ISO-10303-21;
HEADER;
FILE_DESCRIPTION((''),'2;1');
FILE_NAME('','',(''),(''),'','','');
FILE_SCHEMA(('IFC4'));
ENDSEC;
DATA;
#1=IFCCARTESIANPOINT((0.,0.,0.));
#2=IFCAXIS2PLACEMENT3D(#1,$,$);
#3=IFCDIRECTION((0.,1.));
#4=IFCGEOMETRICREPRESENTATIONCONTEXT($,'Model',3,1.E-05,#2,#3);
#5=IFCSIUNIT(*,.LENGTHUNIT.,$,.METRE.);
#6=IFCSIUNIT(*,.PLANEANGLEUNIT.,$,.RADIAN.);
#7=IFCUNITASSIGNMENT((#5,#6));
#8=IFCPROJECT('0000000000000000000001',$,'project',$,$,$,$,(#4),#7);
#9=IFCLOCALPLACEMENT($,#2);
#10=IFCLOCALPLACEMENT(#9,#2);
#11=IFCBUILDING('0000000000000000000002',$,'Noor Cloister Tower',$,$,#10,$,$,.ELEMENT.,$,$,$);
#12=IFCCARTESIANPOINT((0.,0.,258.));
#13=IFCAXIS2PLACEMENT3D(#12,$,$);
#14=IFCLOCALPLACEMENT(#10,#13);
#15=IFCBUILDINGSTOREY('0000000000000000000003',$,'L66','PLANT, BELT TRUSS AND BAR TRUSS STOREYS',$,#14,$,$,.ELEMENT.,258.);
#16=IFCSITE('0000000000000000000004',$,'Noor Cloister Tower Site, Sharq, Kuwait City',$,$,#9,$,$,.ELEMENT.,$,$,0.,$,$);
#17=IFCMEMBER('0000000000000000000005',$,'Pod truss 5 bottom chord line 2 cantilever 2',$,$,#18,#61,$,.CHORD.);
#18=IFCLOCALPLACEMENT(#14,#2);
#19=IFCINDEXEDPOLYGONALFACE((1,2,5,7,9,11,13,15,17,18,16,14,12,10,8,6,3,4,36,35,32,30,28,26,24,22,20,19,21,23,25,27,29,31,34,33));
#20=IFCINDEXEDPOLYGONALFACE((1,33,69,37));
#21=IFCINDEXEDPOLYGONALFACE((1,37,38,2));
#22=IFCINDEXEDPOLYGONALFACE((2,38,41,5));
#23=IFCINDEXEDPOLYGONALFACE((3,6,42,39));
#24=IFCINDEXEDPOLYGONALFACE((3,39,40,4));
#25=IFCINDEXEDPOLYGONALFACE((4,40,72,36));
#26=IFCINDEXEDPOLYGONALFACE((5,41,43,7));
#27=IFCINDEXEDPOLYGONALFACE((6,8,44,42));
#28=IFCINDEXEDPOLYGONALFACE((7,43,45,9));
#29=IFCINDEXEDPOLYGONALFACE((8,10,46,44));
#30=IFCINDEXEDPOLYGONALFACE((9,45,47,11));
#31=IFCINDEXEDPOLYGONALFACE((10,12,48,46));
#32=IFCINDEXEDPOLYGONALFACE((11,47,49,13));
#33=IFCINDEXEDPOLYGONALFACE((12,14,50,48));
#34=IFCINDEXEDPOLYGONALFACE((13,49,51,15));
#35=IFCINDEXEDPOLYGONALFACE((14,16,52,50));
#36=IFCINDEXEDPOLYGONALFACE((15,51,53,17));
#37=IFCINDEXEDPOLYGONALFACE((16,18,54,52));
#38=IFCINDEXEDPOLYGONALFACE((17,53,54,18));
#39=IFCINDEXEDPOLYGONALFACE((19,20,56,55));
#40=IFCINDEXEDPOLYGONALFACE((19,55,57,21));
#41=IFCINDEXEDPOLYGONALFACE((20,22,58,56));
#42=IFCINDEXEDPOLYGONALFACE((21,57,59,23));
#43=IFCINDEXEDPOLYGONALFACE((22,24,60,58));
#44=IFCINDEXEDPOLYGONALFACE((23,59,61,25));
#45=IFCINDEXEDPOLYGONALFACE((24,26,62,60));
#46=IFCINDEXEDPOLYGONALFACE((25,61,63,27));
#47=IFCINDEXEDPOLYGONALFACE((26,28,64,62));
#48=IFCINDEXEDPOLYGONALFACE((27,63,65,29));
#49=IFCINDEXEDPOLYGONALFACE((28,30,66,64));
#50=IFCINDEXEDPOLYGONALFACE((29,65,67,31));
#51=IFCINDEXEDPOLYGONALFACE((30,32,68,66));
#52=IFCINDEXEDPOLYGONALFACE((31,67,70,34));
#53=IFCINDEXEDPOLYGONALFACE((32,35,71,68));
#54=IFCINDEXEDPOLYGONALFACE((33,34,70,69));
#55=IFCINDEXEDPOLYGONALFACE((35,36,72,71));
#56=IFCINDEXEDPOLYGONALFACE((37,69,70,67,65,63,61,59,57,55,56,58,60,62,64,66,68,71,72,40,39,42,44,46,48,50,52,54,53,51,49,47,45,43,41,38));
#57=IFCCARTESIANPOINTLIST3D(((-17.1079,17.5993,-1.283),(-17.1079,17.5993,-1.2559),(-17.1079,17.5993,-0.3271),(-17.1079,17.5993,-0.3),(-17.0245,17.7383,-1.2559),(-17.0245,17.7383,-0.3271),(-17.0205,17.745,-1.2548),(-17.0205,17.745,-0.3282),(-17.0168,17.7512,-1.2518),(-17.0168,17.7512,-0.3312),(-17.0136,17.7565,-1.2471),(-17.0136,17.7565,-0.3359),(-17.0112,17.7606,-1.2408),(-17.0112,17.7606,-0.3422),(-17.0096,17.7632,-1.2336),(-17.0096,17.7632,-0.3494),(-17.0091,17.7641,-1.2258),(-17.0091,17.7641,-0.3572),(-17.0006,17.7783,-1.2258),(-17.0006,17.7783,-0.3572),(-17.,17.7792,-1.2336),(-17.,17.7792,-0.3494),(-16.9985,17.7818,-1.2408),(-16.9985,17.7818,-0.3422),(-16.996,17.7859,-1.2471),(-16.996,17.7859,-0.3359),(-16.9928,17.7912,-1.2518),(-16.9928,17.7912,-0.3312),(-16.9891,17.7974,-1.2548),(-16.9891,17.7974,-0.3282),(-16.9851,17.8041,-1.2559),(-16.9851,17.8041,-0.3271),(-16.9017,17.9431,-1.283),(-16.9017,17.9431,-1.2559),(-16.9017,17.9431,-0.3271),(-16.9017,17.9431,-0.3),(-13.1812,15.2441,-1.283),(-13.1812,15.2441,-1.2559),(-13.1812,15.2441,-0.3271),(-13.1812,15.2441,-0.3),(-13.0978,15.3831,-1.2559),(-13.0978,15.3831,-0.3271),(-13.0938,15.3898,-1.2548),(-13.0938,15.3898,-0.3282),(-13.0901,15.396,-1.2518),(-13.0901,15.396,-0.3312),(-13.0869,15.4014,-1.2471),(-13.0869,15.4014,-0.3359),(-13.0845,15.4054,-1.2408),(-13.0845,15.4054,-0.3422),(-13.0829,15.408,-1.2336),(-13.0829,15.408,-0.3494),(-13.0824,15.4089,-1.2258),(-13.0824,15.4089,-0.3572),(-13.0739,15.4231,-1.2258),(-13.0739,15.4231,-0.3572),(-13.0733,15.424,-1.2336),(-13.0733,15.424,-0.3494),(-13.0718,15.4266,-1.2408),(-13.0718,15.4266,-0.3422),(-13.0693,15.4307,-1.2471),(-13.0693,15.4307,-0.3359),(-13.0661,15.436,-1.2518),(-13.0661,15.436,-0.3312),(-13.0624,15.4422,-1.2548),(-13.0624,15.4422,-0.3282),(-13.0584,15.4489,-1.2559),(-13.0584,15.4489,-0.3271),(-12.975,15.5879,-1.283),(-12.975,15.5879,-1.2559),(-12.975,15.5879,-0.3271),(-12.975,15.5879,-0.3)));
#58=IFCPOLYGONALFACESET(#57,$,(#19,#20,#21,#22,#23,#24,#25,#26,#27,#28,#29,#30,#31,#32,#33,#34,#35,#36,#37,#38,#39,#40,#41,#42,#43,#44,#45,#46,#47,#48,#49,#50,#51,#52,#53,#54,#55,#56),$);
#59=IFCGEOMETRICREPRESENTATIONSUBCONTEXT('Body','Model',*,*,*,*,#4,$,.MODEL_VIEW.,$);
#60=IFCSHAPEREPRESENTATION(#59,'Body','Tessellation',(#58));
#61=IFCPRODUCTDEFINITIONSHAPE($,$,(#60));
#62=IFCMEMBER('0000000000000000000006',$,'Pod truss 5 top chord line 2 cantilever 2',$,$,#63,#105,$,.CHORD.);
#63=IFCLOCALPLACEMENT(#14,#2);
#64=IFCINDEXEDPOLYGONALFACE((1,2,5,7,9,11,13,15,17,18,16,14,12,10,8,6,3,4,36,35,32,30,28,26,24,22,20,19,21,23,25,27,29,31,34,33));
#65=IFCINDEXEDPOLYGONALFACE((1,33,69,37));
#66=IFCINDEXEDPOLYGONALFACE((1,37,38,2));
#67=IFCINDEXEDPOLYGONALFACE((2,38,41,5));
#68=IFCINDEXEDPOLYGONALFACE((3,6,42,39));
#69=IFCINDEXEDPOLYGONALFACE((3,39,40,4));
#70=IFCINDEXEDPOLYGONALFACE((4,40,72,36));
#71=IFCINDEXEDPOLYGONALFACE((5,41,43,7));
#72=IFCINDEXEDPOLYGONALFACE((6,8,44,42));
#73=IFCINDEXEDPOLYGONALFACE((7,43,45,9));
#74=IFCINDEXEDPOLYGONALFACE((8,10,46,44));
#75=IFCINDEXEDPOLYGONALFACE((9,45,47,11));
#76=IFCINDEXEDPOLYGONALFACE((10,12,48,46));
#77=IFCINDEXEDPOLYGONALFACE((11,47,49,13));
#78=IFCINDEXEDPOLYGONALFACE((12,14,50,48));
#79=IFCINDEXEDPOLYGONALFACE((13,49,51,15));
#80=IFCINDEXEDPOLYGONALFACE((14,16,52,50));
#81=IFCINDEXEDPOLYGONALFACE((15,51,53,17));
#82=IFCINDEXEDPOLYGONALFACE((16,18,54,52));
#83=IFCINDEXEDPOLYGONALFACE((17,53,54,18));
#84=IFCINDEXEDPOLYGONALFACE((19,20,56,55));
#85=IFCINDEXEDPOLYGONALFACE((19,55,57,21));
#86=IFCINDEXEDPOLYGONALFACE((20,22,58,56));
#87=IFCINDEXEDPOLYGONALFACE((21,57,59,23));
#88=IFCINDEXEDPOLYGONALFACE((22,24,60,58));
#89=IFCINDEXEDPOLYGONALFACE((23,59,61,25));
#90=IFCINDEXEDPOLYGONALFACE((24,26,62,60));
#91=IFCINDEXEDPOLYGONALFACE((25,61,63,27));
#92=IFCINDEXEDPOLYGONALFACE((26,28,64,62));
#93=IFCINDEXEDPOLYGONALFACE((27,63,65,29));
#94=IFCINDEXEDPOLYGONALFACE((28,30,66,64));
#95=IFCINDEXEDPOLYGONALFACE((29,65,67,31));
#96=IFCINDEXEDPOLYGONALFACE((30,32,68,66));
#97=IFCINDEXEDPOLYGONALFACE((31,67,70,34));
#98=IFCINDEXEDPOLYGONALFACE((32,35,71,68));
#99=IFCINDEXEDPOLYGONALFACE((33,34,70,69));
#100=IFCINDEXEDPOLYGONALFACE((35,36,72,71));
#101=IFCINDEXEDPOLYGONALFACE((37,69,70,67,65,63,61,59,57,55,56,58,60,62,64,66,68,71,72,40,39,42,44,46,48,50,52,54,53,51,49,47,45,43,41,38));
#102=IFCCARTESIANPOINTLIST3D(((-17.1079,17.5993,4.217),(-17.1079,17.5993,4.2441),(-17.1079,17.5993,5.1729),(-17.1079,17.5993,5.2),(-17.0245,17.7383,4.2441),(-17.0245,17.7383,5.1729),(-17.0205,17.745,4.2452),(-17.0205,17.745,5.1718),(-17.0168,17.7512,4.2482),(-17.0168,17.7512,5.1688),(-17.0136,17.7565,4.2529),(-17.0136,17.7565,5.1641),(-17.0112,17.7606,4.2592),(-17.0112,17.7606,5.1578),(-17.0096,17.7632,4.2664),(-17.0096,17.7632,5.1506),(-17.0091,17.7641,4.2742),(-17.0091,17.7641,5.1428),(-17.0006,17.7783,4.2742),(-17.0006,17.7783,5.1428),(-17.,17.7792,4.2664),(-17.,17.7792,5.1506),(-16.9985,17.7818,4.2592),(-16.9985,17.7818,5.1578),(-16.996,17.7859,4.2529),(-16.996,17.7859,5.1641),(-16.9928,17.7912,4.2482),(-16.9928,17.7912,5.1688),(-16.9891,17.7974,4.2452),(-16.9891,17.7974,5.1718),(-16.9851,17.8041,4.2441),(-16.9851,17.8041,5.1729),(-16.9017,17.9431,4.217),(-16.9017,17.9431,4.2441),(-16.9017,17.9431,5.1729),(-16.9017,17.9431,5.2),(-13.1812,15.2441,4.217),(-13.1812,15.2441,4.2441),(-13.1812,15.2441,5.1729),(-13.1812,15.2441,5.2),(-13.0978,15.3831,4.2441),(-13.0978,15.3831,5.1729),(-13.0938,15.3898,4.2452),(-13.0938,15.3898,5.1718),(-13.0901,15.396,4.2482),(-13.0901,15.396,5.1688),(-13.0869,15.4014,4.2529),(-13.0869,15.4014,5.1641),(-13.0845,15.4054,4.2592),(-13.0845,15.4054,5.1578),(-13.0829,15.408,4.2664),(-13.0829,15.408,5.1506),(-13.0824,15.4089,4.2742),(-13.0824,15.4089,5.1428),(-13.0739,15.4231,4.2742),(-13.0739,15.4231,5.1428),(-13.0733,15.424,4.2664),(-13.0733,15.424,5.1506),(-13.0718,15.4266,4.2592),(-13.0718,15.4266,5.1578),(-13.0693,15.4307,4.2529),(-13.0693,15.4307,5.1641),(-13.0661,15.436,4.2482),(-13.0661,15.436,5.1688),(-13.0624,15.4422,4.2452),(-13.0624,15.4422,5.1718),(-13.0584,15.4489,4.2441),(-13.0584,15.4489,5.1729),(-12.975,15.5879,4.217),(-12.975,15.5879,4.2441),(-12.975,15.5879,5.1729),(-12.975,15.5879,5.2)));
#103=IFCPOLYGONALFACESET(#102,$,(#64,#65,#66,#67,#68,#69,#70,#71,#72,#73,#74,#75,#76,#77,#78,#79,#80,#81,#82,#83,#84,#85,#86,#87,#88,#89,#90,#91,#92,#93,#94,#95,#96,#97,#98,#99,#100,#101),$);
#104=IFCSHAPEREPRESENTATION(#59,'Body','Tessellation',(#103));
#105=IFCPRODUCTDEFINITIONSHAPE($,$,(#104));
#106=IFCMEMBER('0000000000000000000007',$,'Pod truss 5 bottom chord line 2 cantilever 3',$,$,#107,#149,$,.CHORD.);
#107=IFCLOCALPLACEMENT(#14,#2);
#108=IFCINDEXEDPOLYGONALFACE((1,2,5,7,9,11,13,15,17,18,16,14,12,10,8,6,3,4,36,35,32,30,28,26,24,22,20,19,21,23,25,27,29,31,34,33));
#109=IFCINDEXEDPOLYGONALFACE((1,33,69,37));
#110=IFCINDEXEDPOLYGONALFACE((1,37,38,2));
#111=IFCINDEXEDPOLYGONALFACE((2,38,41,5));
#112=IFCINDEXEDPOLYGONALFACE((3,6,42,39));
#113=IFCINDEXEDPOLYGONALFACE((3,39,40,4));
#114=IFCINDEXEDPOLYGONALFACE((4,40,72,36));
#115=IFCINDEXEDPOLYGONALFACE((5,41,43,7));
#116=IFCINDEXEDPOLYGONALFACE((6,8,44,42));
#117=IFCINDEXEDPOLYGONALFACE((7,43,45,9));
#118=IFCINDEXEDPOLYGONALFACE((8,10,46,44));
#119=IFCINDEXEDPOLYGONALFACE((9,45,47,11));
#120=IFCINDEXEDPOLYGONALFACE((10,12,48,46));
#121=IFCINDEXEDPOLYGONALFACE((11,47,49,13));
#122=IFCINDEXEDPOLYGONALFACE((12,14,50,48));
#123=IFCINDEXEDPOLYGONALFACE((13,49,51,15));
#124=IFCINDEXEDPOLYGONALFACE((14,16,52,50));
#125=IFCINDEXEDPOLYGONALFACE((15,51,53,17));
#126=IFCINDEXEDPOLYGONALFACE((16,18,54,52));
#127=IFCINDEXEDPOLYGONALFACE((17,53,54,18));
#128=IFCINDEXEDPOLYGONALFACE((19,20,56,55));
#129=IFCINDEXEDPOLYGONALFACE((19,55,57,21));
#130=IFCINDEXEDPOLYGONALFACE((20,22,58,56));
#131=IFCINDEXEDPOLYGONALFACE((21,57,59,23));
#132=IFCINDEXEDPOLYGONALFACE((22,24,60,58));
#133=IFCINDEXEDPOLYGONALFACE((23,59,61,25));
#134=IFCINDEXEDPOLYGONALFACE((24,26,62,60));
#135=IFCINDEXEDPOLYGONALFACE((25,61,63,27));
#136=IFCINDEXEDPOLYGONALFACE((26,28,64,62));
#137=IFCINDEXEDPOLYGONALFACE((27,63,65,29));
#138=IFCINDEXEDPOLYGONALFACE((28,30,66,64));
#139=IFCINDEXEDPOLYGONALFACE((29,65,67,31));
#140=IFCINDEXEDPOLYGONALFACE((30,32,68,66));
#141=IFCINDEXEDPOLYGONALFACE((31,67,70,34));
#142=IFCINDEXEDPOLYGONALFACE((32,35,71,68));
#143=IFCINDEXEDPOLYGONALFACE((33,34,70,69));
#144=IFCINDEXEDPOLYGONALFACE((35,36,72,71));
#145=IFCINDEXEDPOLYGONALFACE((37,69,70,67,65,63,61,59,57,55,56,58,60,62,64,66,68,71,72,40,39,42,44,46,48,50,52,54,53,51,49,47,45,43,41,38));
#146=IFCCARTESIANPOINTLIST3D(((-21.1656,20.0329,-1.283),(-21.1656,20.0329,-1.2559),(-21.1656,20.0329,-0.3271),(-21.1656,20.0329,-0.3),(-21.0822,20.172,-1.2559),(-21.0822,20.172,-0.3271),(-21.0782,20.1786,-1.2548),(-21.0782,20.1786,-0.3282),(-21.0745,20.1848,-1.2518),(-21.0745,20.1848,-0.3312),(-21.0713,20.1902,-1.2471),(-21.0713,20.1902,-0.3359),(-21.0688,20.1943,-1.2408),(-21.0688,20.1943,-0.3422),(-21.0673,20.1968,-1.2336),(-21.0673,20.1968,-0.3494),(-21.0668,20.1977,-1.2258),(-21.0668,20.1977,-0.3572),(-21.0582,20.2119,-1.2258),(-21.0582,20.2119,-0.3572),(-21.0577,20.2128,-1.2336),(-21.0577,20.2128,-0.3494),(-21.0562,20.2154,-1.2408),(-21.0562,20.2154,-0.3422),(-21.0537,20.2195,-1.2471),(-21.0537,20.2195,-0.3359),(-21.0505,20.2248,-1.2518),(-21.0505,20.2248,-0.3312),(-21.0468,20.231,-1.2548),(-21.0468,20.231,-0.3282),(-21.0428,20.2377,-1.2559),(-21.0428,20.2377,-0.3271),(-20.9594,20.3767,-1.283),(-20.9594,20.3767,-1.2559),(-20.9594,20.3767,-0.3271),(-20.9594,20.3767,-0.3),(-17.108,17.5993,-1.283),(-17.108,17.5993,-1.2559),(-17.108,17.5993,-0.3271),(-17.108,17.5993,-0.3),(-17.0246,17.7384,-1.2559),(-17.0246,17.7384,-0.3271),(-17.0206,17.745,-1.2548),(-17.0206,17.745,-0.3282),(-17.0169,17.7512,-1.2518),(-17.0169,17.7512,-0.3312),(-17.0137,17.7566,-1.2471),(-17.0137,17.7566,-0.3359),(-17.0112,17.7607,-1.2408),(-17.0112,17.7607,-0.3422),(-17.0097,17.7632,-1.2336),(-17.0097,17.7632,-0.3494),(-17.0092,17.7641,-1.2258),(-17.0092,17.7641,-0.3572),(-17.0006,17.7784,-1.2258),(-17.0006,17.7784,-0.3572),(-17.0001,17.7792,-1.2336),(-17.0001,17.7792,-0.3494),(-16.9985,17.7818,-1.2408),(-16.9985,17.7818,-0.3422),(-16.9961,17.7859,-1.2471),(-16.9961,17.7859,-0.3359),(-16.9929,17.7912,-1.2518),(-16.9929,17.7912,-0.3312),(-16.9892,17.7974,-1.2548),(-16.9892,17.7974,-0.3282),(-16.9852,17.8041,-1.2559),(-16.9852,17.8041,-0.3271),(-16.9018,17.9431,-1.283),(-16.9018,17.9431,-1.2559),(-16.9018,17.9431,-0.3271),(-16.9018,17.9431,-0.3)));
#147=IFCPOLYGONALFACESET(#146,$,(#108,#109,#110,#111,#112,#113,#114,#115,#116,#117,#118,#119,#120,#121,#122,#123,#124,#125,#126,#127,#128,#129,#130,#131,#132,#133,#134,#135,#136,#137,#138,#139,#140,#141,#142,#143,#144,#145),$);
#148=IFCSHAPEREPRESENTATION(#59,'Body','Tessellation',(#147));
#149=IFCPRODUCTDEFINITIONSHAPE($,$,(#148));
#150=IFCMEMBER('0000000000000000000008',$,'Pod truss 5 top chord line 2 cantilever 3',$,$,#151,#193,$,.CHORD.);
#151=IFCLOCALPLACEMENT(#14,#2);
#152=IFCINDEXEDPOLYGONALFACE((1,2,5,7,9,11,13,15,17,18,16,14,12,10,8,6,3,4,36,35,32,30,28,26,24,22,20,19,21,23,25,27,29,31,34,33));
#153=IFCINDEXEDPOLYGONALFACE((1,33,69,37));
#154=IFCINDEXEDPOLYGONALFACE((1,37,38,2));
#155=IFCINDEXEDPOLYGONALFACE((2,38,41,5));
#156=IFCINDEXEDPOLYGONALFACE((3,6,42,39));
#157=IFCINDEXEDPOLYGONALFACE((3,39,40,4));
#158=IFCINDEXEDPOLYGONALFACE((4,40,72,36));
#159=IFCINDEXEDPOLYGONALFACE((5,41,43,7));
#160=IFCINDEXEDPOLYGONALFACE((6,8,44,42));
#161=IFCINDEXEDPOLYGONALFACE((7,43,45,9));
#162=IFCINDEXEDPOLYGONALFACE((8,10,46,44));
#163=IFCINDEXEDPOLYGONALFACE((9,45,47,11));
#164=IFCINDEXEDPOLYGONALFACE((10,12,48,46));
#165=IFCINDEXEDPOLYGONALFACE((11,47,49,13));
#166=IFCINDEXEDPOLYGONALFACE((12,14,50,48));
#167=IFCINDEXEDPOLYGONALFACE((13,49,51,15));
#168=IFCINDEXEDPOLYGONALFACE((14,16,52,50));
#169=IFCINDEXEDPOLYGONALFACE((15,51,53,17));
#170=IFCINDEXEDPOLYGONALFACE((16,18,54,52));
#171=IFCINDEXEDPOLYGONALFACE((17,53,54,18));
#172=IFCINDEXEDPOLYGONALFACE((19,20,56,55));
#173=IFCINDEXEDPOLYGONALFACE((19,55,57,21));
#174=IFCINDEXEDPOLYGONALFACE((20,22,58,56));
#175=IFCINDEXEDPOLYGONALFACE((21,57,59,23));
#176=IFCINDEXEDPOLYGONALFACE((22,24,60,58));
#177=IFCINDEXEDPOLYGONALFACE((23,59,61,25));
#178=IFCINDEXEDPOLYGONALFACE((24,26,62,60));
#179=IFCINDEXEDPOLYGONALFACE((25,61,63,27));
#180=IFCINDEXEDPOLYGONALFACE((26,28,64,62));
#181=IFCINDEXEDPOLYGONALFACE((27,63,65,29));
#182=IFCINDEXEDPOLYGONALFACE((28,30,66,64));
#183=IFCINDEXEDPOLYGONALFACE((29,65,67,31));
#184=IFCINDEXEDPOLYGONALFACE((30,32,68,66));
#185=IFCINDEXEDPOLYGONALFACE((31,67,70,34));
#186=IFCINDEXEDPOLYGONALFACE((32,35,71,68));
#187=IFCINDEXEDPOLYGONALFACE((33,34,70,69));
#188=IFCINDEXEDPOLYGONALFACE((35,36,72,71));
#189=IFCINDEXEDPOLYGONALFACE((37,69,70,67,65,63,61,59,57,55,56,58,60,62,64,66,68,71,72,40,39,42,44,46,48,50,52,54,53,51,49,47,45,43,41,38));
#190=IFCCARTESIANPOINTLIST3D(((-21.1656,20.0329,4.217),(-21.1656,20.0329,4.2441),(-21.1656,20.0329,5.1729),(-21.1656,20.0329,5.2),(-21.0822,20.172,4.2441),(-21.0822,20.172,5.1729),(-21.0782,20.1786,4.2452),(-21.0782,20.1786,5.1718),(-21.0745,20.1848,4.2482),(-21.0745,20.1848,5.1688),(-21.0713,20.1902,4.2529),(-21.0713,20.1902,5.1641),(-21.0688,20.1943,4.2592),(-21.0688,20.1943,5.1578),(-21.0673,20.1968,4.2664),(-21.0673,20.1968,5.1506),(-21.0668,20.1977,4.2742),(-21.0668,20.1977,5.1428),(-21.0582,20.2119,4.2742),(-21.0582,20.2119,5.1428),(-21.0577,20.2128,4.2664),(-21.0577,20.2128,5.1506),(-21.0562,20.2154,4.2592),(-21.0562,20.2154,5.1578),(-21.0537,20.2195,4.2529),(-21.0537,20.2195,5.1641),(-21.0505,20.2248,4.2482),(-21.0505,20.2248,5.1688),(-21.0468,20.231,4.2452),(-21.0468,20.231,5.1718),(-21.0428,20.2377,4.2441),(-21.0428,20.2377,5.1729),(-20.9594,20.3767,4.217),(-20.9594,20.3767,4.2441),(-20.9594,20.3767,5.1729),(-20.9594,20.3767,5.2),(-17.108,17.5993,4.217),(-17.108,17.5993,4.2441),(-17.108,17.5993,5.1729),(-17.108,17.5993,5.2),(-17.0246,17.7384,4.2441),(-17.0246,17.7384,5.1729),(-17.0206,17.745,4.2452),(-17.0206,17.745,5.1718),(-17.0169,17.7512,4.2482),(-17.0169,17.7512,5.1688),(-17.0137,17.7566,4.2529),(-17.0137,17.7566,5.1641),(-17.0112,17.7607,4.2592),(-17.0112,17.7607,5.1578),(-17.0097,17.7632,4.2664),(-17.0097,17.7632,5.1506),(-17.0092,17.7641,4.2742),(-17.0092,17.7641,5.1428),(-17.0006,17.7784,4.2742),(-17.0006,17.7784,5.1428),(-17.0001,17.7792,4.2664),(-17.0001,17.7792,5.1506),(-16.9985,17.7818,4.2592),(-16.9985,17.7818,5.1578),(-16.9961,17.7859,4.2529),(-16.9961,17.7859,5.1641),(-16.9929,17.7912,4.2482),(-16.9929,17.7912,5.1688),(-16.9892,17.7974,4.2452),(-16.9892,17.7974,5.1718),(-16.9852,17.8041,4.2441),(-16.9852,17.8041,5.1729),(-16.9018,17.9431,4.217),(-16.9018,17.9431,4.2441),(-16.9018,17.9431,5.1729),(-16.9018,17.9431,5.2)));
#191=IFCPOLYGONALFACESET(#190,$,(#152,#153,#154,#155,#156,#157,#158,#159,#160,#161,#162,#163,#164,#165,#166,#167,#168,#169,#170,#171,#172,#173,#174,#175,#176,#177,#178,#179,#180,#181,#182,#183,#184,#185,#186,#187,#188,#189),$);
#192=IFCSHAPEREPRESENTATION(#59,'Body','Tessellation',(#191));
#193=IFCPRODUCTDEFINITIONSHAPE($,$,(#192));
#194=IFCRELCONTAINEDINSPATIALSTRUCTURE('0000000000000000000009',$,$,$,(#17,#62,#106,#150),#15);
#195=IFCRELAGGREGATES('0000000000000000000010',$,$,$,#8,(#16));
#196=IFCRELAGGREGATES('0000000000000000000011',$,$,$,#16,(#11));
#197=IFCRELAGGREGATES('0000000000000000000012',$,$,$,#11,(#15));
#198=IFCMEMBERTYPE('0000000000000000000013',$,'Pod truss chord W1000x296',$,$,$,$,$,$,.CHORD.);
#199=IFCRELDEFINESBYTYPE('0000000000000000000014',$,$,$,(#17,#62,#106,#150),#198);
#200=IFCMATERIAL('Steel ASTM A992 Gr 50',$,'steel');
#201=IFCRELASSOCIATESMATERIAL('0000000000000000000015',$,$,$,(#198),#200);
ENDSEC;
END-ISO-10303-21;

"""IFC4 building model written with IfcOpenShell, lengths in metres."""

from ifc_helpers import new_model, si_unit, direction, frame, origin, origin_2d, place, context, subcontext, project, spatial, i_section, extrude, material, material_profile, profile_set, type_object, element, save


model = new_model("IFC4")

# Units and contexts
model_context = context("Model", 3, precision=1e-05, world=origin(), true_north=direction((0.0, 1.0)))
body_context = subcontext(model_context, "Body", "Model", "MODEL_VIEW")
ifc_project = project(units=[si_unit("LENGTHUNIT", "METRE"), si_unit("PLANEANGLEUNIT", "RADIAN")], contexts=[model_context])

# Site, building, storey
site_placement = place(None, origin())
site = spatial("IfcSite", under=ifc_project, at=site_placement, Name="Noor Cloister Tower Site, Sharq, Kuwait City", CompositionType="ELEMENT", RefElevation=0.0)
building_placement = place(site_placement, origin())
building = spatial("IfcBuilding", under=site, at=building_placement, Name="Noor Cloister Tower", CompositionType="ELEMENT")
storey_placement = place(building_placement, frame((0.0, 0.0, 258.0)))
storey = spatial("IfcBuildingStorey", under=building, at=storey_placement, Name="L66", Description="PLANT, BELT TRUSS AND BAR TRUSS STOREYS", CompositionType="ELEMENT", Elevation=258.0)

# Members
ifc_material_1 = material(Name="Steel ASTM A992 Gr 50", Category="steel")
ifc_material_profile_1 = material_profile(ifc_material_1, i_section(OverallWidth=0.4009, OverallDepth=0.9829, WebThickness=0.0166, FlangeThickness=0.0271, FilletRadius=0.03, at=origin_2d()), Name="W1000x296")
ifc_profile_set_1 = profile_set([ifc_material_profile_1], Name="Steel ASTM A992 Gr 50")
member_type_1 = type_object("IfcMemberType", Name="Pod truss chord W1000x296", PredefinedType="CHORD", material=ifc_profile_set_1)
for number, where, z_axis, x_axis, name in (
    (1, (-13.0781, 15.416, -0.7915), (-0.857573, 0.514362, 0.0), (-0.514362, -0.857573, 0.0), "Pod truss 5 bottom chord line 2 cantilever 2"),
    (2, (-13.0781, 15.416, 4.7085), (-0.857573, 0.514362, 0.0), (-0.514362, -0.857573, 0.0), "Pod truss 5 top chord line 2 cantilever 2"),
):
    element("IfcMember", number, at=place(storey_placement, frame(where, z_axis=z_axis, x_axis=x_axis)), inside=storey, type_object=member_type_1, Name=name, PredefinedType="CHORD", context=body_context, shape_type="SweptSolid", body=[
        extrude(i_section(OverallWidth=0.4009, OverallDepth=0.9829, WebThickness=0.0166, FlangeThickness=0.0271, FilletRadius=0.03, at=origin_2d()), origin(), (0.0, 0.0, 1.0), 4.5789),
    ])
for number, where, z_axis, x_axis, name in (
    (3, (-17.0049, 17.7712, -0.7915), (-0.857584, 0.514344, 0.0), (-0.514344, -0.857584, 0.0), "Pod truss 5 bottom chord line 2 cantilever 3"),
    (4, (-17.0049, 17.7712, 4.7085), (-0.857584, 0.514344, 0.0), (-0.514344, -0.857584, 0.0), "Pod truss 5 top chord line 2 cantilever 3"),
):
    element("IfcMember", number, at=place(storey_placement, frame(where, z_axis=z_axis, x_axis=x_axis)), inside=storey, type_object=member_type_1, Name=name, PredefinedType="CHORD", context=body_context, shape_type="SweptSolid", body=[
        extrude(i_section(OverallWidth=0.4009, OverallDepth=0.9829, WebThickness=0.0166, FlangeThickness=0.0271, FilletRadius=0.03, at=origin_2d()), origin(), (0.0, 0.0, 1.0), 4.7314),
    ])

save(model, "model.ifc")
